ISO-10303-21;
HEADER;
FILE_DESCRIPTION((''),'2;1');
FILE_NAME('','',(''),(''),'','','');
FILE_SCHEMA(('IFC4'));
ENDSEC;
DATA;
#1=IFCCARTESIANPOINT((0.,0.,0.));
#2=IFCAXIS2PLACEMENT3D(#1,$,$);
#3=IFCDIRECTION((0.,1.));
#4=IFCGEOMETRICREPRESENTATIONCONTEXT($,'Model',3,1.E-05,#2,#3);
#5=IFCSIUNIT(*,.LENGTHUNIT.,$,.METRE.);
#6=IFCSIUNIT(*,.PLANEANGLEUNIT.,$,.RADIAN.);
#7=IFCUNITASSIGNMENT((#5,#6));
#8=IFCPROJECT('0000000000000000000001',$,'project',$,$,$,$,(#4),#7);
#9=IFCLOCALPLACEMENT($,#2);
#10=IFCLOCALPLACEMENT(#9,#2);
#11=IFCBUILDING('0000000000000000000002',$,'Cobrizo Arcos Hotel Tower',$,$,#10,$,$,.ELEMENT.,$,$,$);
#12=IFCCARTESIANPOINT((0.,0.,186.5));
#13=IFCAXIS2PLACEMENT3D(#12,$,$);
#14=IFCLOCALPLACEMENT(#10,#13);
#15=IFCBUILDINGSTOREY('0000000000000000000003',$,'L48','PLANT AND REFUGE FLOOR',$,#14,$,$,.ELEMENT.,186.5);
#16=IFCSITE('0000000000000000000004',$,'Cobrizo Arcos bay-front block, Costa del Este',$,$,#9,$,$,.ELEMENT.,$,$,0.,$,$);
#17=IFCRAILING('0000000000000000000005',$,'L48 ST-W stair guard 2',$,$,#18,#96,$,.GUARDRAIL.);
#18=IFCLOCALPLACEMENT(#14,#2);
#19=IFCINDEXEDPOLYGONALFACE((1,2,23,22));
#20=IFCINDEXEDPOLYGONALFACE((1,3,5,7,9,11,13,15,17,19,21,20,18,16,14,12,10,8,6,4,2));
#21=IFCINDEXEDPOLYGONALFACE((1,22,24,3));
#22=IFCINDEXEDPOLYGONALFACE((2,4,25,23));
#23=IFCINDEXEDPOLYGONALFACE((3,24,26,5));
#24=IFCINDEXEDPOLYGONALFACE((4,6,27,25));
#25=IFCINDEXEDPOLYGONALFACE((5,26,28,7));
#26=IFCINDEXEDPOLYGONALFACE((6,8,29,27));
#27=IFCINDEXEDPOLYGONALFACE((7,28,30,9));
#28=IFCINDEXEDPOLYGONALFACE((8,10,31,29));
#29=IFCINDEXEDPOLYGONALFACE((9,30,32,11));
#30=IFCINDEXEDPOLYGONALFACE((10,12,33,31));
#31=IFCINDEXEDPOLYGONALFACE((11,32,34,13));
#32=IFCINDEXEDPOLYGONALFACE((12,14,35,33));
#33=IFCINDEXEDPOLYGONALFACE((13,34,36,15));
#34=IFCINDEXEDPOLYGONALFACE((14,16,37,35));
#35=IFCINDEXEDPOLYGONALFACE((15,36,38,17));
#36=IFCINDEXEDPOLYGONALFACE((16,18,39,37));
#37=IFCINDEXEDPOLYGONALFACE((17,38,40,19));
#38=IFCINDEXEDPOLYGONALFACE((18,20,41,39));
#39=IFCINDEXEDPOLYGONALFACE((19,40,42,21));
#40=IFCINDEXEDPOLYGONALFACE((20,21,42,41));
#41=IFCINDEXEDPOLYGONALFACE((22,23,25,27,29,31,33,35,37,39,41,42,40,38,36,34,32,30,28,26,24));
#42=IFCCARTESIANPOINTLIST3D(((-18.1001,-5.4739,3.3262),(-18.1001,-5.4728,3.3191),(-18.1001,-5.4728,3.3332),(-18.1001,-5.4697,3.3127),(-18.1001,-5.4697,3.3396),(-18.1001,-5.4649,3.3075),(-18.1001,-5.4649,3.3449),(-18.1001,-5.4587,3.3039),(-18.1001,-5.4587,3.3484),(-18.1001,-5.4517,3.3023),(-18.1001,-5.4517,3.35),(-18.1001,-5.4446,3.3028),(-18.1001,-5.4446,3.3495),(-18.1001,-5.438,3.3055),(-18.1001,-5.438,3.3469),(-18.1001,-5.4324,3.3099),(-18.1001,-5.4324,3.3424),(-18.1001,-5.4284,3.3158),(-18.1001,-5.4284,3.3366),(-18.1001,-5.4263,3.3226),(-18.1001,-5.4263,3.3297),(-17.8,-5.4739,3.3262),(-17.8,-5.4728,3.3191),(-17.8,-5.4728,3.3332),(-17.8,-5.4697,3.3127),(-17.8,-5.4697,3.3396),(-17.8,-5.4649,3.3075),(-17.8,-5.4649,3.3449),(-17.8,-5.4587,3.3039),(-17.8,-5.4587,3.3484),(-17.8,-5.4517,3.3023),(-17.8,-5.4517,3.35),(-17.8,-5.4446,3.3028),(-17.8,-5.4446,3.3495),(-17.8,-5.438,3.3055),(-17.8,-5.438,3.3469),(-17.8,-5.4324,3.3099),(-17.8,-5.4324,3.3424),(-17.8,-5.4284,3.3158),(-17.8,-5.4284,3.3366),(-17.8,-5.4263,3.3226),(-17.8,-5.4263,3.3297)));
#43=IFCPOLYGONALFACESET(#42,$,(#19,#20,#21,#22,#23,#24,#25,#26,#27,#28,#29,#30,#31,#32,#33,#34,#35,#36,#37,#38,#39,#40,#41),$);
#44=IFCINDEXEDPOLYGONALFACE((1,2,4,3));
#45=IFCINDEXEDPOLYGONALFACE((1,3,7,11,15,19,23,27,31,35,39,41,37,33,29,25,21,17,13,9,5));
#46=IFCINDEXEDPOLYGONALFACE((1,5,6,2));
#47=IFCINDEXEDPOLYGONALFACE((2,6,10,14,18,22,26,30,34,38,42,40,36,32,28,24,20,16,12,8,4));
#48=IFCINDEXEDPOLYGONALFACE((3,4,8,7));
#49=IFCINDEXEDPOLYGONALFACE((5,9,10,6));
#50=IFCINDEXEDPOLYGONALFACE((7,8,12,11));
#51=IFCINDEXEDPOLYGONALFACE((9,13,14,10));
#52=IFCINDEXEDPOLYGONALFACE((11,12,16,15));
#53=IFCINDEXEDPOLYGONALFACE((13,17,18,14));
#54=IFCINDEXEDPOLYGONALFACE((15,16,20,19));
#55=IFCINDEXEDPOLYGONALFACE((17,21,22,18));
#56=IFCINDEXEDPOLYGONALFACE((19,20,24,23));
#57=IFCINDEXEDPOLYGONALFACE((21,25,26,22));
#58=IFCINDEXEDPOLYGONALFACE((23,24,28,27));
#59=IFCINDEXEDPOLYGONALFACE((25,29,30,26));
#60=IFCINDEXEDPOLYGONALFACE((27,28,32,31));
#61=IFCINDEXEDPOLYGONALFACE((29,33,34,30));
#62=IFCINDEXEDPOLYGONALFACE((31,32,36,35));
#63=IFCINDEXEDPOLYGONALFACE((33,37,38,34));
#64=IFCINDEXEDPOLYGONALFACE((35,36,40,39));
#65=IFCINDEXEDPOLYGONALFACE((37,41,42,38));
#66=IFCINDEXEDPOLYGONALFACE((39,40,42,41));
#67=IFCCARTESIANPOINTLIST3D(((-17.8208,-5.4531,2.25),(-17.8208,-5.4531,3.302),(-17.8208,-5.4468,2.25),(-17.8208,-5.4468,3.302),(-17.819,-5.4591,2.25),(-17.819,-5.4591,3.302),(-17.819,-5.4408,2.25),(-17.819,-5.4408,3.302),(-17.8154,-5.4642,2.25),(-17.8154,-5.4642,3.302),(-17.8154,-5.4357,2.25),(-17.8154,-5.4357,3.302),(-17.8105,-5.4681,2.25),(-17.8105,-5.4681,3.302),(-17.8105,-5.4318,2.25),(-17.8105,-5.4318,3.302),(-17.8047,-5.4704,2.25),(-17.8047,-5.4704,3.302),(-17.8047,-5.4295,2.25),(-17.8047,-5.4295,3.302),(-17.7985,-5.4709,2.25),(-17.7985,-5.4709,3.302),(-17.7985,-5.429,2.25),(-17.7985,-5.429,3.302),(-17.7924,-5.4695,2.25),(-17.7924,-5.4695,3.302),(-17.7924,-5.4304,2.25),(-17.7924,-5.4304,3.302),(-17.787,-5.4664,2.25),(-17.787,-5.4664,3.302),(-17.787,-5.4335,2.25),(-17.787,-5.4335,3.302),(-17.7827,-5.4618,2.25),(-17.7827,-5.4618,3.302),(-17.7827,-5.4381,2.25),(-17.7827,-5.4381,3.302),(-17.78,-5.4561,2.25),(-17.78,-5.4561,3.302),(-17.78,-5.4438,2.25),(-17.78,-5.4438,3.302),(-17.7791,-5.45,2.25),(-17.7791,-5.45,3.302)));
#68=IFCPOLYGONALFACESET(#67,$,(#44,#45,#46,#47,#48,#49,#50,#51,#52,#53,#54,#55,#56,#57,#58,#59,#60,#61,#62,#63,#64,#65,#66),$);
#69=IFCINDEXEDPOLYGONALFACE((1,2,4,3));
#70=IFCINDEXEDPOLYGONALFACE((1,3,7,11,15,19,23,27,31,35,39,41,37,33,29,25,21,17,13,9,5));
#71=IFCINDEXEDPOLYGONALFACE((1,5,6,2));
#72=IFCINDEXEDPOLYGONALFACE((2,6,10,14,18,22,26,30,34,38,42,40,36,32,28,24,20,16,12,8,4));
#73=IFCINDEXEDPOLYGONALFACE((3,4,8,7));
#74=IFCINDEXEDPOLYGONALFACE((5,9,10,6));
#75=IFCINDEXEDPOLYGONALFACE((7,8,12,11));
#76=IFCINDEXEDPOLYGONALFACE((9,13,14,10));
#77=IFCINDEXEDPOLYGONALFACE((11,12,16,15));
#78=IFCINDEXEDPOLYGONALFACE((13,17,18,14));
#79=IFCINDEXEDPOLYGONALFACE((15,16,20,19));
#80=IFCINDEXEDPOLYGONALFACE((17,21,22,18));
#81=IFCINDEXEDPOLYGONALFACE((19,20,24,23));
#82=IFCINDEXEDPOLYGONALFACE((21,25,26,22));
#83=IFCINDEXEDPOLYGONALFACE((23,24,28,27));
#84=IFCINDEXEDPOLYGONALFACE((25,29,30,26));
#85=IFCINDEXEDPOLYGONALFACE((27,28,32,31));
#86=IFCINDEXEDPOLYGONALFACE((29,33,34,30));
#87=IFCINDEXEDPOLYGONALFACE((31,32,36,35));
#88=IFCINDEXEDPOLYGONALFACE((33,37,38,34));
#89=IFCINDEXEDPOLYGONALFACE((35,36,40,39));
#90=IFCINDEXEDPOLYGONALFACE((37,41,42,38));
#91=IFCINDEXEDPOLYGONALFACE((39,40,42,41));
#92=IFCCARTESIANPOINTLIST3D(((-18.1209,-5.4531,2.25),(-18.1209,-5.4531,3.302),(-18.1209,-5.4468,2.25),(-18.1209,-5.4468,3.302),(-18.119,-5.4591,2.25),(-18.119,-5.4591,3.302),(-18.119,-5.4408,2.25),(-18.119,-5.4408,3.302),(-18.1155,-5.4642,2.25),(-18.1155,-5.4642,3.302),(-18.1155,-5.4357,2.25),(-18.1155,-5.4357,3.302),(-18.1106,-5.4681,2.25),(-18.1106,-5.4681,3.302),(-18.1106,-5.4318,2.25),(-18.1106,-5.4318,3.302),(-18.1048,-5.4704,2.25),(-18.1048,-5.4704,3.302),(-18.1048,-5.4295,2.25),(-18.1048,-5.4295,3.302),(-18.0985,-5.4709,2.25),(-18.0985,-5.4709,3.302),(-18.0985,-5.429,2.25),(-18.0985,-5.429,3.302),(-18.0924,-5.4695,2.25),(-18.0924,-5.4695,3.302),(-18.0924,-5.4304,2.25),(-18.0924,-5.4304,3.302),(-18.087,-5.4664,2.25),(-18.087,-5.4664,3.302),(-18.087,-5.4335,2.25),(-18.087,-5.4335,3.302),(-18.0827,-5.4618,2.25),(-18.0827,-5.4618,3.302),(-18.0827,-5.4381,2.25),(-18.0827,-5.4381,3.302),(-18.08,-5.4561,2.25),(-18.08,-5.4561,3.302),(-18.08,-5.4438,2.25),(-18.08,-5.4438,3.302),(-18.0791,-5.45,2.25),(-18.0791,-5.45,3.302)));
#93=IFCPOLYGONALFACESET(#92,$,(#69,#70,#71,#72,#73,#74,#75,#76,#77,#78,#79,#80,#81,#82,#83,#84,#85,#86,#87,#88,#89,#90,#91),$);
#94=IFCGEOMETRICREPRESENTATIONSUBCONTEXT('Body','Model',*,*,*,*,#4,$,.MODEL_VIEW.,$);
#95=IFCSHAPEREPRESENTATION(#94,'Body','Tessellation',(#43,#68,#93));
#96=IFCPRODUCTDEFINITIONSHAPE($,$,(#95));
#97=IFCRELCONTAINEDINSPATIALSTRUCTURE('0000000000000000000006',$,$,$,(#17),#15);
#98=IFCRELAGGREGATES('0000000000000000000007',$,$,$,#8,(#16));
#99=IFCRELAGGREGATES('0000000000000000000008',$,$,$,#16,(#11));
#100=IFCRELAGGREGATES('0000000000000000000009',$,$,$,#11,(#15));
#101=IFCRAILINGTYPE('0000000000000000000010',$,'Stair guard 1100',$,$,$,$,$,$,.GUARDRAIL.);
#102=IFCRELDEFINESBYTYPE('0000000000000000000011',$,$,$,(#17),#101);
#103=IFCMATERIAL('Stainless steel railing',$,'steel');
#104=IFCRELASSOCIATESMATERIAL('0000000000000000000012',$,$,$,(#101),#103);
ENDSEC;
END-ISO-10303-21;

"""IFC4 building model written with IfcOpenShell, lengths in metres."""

from ifc_helpers import new_model, si_unit, direction, frame, origin, origin_2d, place, context, subcontext, project, spatial, circle, extrude, material, type_object, element, save


model = new_model("IFC4")

# Units and contexts
model_context = context("Model", 3, precision=1e-05, world=origin(), true_north=direction((0.0, 1.0)))
body_context = subcontext(model_context, "Body", "Model", "MODEL_VIEW")
ifc_project = project(units=[si_unit("LENGTHUNIT", "METRE"), si_unit("PLANEANGLEUNIT", "RADIAN")], contexts=[model_context])

# Site, building, storey
site_placement = place(None, origin())
site = spatial("IfcSite", under=ifc_project, at=site_placement, Name="Cobrizo Arcos bay-front block, Costa del Este", CompositionType="ELEMENT", RefElevation=0.0)
building_placement = place(site_placement, origin())
building = spatial("IfcBuilding", under=site, at=building_placement, Name="Cobrizo Arcos Hotel Tower", CompositionType="ELEMENT")
storey_placement = place(building_placement, frame((0.0, 0.0, 186.5)))
storey = spatial("IfcBuildingStorey", under=building, at=storey_placement, Name="L48", Description="PLANT AND REFUGE FLOOR", CompositionType="ELEMENT", Elevation=186.5)

# Railing
ifc_material_1 = material(Name="Stainless steel railing", Category="steel")
railing_type_1 = type_object("IfcRailingType", Name="Stair guard 1100", PredefinedType="GUARDRAIL", material=ifc_material_1)
railing_1_placement = place(storey_placement, frame((-17.8, -5.45, 2.25)))
element("IfcRailing", 1, at=railing_1_placement, inside=storey, type_object=railing_type_1, Name="L48 ST-W stair guard 2", PredefinedType="GUARDRAIL", context=body_context, shape_type="SweptSolid", body=[
    extrude(circle(Radius=0.0239, at=origin_2d()), frame((0.0, 0.0, 1.0762), z_axis=(-1.0, 0.0, 0.0), x_axis=(0.0, -1.0, 0.0)), (0.0, 0.0, 1.0), 0.3),
    extrude(circle(Radius=0.021, at=origin_2d()), origin(), (0.0, 0.0, 1.0), 1.052),
    extrude(circle(Radius=0.021, at=origin_2d()), frame((-0.3, 0.0, 0.0)), (0.0, 0.0, 1.0), 1.052),
])

save(model, "model.ifc")
